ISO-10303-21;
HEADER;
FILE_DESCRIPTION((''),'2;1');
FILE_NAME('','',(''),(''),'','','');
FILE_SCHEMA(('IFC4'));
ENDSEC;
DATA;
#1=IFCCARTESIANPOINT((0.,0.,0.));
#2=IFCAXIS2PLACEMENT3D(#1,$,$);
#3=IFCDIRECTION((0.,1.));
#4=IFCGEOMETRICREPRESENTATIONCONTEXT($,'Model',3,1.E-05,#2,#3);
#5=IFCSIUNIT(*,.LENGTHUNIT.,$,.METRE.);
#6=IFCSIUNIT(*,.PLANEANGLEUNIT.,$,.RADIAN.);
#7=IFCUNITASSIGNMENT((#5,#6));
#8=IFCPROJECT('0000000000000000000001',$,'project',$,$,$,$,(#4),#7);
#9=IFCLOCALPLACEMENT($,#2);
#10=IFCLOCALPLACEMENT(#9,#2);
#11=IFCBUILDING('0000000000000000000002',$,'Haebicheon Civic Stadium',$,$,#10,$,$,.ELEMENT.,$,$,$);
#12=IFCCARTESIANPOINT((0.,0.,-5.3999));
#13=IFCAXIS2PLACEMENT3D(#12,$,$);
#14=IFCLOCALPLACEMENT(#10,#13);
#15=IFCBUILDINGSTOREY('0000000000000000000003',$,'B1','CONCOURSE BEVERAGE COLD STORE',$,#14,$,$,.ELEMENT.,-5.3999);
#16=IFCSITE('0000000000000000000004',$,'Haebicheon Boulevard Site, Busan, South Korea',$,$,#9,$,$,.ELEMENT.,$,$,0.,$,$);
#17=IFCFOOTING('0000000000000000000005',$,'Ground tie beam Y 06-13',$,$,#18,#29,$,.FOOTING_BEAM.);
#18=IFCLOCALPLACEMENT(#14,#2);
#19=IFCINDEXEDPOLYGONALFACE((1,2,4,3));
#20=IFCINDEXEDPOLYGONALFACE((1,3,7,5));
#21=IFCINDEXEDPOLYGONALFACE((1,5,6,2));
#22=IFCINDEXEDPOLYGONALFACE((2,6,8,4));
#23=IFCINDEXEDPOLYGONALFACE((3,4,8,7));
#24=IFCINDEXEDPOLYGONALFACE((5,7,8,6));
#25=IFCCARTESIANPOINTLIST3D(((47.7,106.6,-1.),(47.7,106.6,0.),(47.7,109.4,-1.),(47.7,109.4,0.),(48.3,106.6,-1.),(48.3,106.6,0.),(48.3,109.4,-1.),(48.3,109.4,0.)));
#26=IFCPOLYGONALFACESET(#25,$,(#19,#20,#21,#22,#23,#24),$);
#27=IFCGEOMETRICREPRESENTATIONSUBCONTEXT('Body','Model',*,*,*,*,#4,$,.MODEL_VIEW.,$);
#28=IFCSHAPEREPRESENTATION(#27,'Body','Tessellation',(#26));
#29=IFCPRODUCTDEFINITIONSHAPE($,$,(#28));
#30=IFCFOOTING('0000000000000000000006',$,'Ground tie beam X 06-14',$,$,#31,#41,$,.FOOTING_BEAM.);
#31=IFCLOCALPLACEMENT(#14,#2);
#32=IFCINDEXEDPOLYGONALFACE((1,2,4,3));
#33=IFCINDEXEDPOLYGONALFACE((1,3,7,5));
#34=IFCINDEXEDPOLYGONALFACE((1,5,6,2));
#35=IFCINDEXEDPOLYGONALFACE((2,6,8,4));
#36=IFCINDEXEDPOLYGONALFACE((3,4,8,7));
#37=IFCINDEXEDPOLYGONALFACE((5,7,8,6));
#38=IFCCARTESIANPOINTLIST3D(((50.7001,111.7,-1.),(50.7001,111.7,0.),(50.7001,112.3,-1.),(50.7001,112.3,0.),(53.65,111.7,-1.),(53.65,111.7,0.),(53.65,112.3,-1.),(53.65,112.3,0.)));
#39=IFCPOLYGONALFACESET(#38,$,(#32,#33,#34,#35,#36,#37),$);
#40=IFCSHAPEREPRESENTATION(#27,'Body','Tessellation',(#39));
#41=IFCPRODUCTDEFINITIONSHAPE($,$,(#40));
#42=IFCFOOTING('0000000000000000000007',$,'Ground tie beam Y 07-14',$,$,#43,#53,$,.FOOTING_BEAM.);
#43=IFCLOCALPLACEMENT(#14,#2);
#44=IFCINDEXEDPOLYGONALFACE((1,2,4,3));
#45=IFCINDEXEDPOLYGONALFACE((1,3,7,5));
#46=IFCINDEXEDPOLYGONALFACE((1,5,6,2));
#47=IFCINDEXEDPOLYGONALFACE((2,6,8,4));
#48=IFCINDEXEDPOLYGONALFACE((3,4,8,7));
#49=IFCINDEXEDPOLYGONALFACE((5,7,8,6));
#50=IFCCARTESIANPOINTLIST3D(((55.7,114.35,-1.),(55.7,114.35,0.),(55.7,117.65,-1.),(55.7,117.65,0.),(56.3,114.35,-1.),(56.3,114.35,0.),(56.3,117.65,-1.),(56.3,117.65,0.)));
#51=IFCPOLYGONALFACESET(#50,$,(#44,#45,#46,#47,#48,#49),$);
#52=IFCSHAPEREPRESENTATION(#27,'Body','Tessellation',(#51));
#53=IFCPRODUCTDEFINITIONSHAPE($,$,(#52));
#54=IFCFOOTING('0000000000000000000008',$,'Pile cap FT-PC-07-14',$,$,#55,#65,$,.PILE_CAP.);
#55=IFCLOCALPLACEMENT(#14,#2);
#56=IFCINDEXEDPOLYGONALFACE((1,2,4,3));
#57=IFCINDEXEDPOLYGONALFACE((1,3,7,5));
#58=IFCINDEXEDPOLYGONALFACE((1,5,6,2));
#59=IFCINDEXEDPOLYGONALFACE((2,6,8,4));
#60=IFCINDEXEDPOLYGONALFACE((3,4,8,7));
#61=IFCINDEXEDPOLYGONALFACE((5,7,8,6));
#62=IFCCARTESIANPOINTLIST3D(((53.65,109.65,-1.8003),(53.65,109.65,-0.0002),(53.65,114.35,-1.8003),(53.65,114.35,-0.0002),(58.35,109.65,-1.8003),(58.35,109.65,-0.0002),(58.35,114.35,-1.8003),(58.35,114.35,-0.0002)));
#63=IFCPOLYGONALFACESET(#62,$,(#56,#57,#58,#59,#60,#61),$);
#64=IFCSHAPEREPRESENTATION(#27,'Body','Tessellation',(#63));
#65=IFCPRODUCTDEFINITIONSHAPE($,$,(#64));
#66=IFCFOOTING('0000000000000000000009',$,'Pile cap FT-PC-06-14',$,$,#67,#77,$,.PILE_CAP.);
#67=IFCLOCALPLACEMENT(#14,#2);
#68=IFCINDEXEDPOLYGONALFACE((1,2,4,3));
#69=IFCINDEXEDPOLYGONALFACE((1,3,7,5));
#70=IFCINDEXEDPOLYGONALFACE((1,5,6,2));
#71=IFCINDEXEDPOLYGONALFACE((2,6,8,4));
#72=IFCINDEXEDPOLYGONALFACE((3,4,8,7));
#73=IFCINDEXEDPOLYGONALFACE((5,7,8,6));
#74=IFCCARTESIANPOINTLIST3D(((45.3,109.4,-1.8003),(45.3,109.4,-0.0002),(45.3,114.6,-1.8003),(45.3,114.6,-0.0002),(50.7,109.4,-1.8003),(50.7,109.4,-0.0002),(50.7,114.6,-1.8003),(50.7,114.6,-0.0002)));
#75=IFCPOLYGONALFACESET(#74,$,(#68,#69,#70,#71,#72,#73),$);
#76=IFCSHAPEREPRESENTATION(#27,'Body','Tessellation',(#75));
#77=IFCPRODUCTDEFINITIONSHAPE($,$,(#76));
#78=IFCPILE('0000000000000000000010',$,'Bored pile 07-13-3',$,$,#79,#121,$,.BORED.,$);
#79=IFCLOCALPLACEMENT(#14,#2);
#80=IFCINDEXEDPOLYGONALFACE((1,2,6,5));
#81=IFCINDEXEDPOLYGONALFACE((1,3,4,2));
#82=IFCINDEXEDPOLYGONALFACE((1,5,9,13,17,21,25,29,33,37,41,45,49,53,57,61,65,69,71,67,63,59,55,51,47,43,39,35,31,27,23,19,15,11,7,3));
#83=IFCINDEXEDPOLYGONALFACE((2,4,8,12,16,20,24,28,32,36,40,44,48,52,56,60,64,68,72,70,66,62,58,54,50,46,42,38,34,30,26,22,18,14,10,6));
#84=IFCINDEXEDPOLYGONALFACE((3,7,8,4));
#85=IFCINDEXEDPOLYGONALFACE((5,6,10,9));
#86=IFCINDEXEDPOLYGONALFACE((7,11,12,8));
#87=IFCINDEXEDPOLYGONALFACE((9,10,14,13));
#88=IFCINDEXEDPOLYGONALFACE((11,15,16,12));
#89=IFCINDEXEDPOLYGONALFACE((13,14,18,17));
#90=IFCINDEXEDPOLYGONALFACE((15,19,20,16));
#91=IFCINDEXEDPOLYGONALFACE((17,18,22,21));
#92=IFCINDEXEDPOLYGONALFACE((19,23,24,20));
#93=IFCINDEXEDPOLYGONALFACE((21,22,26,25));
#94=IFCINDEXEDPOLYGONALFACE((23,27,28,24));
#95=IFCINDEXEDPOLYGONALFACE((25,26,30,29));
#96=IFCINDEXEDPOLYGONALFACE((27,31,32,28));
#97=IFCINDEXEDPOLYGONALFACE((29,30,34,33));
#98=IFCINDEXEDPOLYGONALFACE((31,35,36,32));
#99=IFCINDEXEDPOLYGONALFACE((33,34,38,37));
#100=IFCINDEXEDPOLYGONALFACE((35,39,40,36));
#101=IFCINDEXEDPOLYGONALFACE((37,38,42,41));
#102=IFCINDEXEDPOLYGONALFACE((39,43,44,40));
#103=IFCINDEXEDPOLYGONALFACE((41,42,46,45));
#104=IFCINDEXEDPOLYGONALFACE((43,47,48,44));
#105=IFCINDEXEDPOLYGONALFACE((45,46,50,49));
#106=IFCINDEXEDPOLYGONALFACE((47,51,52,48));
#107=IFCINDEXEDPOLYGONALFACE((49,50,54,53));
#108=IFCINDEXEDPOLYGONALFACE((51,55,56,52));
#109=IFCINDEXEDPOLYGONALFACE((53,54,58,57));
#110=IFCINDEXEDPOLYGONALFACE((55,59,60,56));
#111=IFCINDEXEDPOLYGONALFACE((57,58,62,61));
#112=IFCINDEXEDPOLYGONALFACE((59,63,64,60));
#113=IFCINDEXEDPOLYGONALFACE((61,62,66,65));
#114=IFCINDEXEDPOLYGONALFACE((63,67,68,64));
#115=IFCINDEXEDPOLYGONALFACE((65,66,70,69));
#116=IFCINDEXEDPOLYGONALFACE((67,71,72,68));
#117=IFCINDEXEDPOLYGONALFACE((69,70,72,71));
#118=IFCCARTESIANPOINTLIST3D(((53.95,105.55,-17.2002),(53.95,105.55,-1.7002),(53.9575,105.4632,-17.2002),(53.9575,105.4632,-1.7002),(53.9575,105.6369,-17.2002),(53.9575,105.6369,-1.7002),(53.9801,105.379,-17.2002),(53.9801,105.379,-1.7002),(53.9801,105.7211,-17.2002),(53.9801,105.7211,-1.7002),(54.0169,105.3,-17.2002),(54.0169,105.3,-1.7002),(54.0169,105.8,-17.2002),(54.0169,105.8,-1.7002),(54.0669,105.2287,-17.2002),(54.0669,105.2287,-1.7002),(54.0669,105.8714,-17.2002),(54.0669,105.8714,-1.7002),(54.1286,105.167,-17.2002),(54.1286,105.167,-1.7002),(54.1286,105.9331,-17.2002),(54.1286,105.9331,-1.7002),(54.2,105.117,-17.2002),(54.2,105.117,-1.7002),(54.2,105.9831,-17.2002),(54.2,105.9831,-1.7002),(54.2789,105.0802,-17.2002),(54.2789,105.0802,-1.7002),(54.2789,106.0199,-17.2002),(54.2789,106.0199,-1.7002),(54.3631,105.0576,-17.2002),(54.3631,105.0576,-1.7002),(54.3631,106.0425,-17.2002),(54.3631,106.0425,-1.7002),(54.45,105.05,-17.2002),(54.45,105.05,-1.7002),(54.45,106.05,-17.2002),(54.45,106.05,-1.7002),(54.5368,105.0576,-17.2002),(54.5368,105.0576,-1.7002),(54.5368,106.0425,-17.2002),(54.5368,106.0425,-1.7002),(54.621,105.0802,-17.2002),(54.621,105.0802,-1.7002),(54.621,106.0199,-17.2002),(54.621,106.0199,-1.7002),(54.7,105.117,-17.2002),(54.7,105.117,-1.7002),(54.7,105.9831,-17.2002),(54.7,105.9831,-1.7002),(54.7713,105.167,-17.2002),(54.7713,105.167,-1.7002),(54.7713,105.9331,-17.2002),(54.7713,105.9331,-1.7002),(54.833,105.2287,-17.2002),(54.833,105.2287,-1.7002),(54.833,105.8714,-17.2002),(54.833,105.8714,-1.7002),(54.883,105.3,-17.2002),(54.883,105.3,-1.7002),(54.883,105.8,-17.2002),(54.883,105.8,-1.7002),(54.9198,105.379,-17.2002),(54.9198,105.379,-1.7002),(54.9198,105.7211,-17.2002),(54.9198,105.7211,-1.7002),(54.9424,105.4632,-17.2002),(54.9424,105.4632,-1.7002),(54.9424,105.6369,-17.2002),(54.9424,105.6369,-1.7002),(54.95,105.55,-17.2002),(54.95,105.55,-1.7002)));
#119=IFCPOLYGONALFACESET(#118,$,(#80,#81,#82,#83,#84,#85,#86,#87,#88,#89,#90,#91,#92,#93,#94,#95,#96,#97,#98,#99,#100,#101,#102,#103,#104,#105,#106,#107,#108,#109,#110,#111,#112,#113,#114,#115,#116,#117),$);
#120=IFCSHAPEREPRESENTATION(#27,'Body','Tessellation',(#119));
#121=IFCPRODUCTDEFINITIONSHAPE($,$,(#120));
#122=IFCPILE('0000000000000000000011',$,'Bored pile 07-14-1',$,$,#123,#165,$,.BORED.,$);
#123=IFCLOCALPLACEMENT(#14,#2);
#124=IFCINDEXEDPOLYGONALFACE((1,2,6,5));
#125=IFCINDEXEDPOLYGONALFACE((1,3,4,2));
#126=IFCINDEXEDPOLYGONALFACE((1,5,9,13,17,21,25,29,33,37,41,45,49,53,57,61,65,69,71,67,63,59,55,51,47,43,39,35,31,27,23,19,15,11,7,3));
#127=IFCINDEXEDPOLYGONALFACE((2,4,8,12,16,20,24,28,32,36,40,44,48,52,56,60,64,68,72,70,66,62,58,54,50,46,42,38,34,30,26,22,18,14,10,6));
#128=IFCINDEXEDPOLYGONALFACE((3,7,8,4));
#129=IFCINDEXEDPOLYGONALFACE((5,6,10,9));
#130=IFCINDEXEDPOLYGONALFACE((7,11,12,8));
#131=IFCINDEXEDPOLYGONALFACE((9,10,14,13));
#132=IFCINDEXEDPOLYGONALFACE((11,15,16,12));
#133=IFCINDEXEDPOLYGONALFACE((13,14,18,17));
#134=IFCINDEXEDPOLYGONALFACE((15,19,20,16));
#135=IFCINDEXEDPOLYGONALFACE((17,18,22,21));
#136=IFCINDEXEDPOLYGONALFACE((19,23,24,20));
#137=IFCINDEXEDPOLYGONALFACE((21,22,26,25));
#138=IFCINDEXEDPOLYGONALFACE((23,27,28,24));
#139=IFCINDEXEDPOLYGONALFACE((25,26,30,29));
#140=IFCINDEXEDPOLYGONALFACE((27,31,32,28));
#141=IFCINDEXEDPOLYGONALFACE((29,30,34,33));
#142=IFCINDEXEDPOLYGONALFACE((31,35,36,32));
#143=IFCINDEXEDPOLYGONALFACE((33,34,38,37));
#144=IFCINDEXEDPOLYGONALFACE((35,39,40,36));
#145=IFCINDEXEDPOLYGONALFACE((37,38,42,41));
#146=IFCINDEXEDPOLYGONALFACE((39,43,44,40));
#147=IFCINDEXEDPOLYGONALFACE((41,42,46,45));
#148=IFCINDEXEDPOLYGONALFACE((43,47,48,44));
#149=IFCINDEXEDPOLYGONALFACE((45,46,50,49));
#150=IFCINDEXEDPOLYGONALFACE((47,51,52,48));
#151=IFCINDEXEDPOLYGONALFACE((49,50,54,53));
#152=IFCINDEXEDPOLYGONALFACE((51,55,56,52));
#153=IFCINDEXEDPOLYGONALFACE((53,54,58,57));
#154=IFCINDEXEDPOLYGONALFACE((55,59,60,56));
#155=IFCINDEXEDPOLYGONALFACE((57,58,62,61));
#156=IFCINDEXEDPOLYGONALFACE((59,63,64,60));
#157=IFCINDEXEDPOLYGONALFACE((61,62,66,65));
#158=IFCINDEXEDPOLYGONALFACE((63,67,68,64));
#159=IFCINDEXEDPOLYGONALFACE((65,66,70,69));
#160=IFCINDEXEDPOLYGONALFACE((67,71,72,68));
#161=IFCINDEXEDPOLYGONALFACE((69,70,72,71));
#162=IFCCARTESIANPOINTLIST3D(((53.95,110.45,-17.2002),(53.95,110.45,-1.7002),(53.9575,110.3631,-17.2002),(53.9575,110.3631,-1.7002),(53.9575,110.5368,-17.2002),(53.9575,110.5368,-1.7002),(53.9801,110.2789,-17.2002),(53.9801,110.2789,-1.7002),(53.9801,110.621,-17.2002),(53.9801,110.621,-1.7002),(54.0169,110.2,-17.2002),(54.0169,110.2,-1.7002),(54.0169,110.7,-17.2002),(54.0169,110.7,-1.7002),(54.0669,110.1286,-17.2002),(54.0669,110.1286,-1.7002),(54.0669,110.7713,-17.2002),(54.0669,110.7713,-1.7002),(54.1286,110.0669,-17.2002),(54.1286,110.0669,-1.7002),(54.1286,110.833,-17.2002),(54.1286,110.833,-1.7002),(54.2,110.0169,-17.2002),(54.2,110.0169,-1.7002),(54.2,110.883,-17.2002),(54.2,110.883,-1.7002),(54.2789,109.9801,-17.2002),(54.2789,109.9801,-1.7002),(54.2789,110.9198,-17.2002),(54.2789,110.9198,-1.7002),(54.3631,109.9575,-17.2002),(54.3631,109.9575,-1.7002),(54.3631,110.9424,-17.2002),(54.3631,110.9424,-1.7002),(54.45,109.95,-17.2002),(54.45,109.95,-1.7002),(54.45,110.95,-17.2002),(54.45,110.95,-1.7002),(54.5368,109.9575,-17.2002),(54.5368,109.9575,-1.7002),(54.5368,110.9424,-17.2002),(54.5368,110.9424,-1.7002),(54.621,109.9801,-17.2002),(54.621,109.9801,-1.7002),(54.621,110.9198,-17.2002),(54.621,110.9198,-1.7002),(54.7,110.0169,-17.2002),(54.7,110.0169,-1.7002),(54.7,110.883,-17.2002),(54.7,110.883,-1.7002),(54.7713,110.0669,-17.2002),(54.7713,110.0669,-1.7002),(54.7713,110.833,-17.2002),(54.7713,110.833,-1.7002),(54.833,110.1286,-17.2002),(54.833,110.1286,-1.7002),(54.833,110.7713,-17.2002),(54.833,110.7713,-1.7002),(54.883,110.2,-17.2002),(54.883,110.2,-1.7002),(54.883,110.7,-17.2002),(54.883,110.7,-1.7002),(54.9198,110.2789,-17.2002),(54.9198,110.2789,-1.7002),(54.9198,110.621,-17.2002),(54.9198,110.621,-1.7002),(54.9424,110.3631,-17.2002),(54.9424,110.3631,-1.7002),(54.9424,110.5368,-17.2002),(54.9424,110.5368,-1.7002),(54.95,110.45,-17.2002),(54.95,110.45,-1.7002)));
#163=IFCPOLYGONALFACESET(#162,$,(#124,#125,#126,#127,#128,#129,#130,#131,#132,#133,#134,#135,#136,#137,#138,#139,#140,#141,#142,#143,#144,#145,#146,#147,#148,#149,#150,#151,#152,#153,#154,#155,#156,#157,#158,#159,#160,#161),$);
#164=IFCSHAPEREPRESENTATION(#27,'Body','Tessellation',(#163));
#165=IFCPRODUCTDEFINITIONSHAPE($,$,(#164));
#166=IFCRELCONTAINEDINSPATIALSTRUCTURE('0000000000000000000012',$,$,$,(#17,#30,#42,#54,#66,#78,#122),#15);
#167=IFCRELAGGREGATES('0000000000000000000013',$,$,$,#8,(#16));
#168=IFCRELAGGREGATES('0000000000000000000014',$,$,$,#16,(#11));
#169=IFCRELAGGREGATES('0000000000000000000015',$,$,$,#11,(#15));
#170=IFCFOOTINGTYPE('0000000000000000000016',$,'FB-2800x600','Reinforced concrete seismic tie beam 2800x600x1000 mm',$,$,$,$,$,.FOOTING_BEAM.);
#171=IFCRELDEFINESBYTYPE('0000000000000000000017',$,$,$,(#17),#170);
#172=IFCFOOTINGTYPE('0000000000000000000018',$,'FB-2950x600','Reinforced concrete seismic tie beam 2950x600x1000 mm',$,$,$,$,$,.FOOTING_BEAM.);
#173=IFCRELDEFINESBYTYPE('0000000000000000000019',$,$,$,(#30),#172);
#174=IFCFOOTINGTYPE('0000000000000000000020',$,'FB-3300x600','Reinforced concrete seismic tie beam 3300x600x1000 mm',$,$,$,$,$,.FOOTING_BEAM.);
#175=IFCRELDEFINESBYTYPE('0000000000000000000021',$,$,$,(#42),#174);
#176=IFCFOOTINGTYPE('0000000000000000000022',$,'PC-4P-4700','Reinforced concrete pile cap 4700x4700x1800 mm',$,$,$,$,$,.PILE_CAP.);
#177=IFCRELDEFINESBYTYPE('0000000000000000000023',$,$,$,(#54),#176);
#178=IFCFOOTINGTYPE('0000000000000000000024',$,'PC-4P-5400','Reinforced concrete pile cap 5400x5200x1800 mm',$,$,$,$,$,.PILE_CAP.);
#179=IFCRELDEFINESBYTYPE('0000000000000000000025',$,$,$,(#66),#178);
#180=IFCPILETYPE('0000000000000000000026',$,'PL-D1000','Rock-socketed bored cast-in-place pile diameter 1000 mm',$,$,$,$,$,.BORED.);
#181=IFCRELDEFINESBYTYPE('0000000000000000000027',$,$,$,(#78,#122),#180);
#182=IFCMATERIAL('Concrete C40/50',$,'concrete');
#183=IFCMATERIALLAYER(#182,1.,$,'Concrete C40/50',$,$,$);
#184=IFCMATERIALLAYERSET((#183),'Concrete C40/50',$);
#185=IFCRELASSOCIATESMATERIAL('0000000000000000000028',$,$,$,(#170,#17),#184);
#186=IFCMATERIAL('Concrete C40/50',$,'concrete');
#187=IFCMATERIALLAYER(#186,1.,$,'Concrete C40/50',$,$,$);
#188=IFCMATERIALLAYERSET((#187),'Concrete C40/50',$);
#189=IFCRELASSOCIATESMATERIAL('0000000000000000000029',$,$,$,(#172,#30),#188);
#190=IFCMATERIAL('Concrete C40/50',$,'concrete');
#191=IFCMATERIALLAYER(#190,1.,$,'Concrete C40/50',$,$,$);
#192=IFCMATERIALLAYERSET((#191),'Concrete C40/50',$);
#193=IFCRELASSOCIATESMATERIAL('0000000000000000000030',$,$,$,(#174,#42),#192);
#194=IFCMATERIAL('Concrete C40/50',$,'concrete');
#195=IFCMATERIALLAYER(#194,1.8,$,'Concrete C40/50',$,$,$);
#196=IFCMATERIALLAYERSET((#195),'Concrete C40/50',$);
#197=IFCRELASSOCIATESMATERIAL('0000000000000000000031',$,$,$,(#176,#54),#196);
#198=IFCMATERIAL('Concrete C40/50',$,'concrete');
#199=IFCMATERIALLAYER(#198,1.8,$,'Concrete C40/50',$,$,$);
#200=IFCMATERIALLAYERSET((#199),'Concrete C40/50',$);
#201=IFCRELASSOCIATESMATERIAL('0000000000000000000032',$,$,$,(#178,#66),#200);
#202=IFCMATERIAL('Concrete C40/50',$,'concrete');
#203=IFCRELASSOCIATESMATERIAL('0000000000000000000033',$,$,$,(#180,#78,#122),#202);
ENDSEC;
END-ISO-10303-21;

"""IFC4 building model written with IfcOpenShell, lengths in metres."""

from ifc_helpers import new_model, si_unit, direction, frame, origin, origin_2d, place, context, subcontext, project, spatial, rectangle, circle, extrude, material, layer, layer_set, material_profile, profile_set, type_object, element, save


model = new_model("IFC4")

# Units and contexts
model_context = context("Model", 3, precision=1e-05, world=origin(), true_north=direction((0.0, 1.0)))
body_context = subcontext(model_context, "Body", "Model", "MODEL_VIEW")
ifc_project = project(units=[si_unit("LENGTHUNIT", "METRE"), si_unit("PLANEANGLEUNIT", "RADIAN")], contexts=[model_context])

# Site, building, storey
site_placement = place(None, origin())
site = spatial("IfcSite", under=ifc_project, at=site_placement, Name="Haebicheon Boulevard Site, Busan, South Korea", CompositionType="ELEMENT", RefElevation=0.0)
building_placement = place(site_placement, origin())
building = spatial("IfcBuilding", under=site, at=building_placement, Name="Haebicheon Civic Stadium", CompositionType="ELEMENT")
storey_placement = place(building_placement, frame((0.0, 0.0, -5.3999)))
storey = spatial("IfcBuildingStorey", under=building, at=storey_placement, Name="B1", Description="CONCOURSE BEVERAGE COLD STORE", CompositionType="ELEMENT", Elevation=-5.3999)

# Footings
ifc_material_1 = material(Name="Concrete C40/50", Category="concrete")
ifc_layer_1 = layer(ifc_material_1, 1.0, Name="Concrete C40/50")
ifc_layer_set_1 = layer_set([ifc_layer_1], Name="Concrete C40/50")
footing_type_1 = type_object("IfcFootingType", Name="FB-2800x600", Description="Reinforced concrete seismic tie beam 2800x600x1000 mm", PredefinedType="FOOTING_BEAM", material=ifc_layer_set_1)
footing_1_placement = place(storey_placement, frame((48.0, 108.0, -1.0), z_axis=(0.0, 0.0, 1.0), x_axis=(0.0, 1.0, 0.0)))
element("IfcFooting", 1, at=footing_1_placement, inside=storey, type_object=footing_type_1, material=ifc_layer_set_1, Name="Ground tie beam Y 06-13", PredefinedType="FOOTING_BEAM", context=body_context, shape_type="SweptSolid", body=[
    extrude(rectangle(XDim=2.8, YDim=0.6001, at=origin_2d()), origin(), (0.0, 0.0, 1.0), 1.0),
])
ifc_material_2 = material(Name="Concrete C40/50", Category="concrete")
ifc_layer_2 = layer(ifc_material_2, 1.0, Name="Concrete C40/50")
ifc_layer_set_2 = layer_set([ifc_layer_2], Name="Concrete C40/50")
footing_type_2 = type_object("IfcFootingType", Name="FB-2950x600", Description="Reinforced concrete seismic tie beam 2950x600x1000 mm", PredefinedType="FOOTING_BEAM", material=ifc_layer_set_2)
footing_2_placement = place(storey_placement, frame((52.175, 112.0, -1.0), z_axis=(0.0, 0.0, 1.0), x_axis=(1.0, 0.0, 0.0)))
element("IfcFooting", 2, at=footing_2_placement, inside=storey, type_object=footing_type_2, material=ifc_layer_set_2, Name="Ground tie beam X 06-14", PredefinedType="FOOTING_BEAM", context=body_context, shape_type="SweptSolid", body=[
    extrude(rectangle(XDim=2.95, YDim=0.6001, at=origin_2d()), origin(), (0.0, 0.0, 1.0), 1.0),
])
ifc_material_3 = material(Name="Concrete C40/50", Category="concrete")
ifc_layer_3 = layer(ifc_material_3, 1.0, Name="Concrete C40/50")
ifc_layer_set_3 = layer_set([ifc_layer_3], Name="Concrete C40/50")
footing_type_3 = type_object("IfcFootingType", Name="FB-3300x600", Description="Reinforced concrete seismic tie beam 3300x600x1000 mm", PredefinedType="FOOTING_BEAM", material=ifc_layer_set_3)
footing_3_placement = place(storey_placement, frame((56.0, 116.0, -1.0), z_axis=(0.0, 0.0, 1.0), x_axis=(0.0, 1.0, 0.0)))
element("IfcFooting", 3, at=footing_3_placement, inside=storey, type_object=footing_type_3, material=ifc_layer_set_3, Name="Ground tie beam Y 07-14", PredefinedType="FOOTING_BEAM", context=body_context, shape_type="SweptSolid", body=[
    extrude(rectangle(XDim=3.3, YDim=0.6001, at=origin_2d()), origin(), (0.0, 0.0, 1.0), 1.0),
])
ifc_material_4 = material(Name="Concrete C40/50", Category="concrete")
ifc_layer_4 = layer(ifc_material_4, 1.8, Name="Concrete C40/50")
ifc_layer_set_4 = layer_set([ifc_layer_4], Name="Concrete C40/50")
footing_type_4 = type_object("IfcFootingType", Name="PC-4P-4700", Description="Reinforced concrete pile cap 4700x4700x1800 mm", PredefinedType="PILE_CAP", material=ifc_layer_set_4)
footing_4_placement = place(storey_placement, frame((56.0, 112.0, -1.8003), z_axis=(0.0, 0.0, 1.0), x_axis=(1.0, 0.0, 0.0)))
element("IfcFooting", 4, at=footing_4_placement, inside=storey, type_object=footing_type_4, material=ifc_layer_set_4, Name="Pile cap FT-PC-07-14", PredefinedType="PILE_CAP", context=body_context, shape_type="SweptSolid", body=[
    extrude(rectangle(XDim=4.7, YDim=4.7, at=origin_2d()), origin(), (0.0, 0.0, 1.0), 1.8),
])
ifc_material_5 = material(Name="Concrete C40/50", Category="concrete")
ifc_layer_5 = layer(ifc_material_5, 1.8, Name="Concrete C40/50")
ifc_layer_set_5 = layer_set([ifc_layer_5], Name="Concrete C40/50")
footing_type_5 = type_object("IfcFootingType", Name="PC-4P-5400", Description="Reinforced concrete pile cap 5400x5200x1800 mm", PredefinedType="PILE_CAP", material=ifc_layer_set_5)
footing_5_placement = place(storey_placement, frame((48.0, 112.0, -1.8003), z_axis=(0.0, 0.0, 1.0), x_axis=(1.0, 0.0, 0.0)))
element("IfcFooting", 5, at=footing_5_placement, inside=storey, type_object=footing_type_5, material=ifc_layer_set_5, Name="Pile cap FT-PC-06-14", PredefinedType="PILE_CAP", context=body_context, shape_type="SweptSolid", body=[
    extrude(rectangle(XDim=5.3999, YDim=5.2, at=origin_2d()), origin(), (0.0, 0.0, 1.0), 1.8),
])

# Piles
ifc_material_6 = material(Name="Concrete C40/50", Category="concrete")
ifc_material_profile_1 = material_profile(ifc_material_6, circle(Radius=0.5, at=origin_2d()), Name="PILE-D1000")
ifc_profile_set_1 = profile_set([ifc_material_profile_1], Name="Concrete C40/50")
pile_type_1 = type_object("IfcPileType", Name="PL-D1000", Description="Rock-socketed bored cast-in-place pile diameter 1000 mm", PredefinedType="BORED", material=ifc_profile_set_1)
for number, where, z_axis, x_axis, name in (
    (6, (54.45, 105.55, -1.7002), (0.0, 0.0, -1.0), (1.0, 0.0, 0.0), "Bored pile 07-13-3"),
    (7, (54.45, 110.45, -1.7002), (0.0, 0.0, -1.0), (1.0, 0.0, 0.0), "Bored pile 07-14-1"),
):
    element("IfcPile", number, at=place(storey_placement, frame(where, z_axis=z_axis, x_axis=x_axis)), inside=storey, type_object=pile_type_1, material=ifc_profile_set_1, Name=name, PredefinedType="BORED", context=body_context, shape_type="SweptSolid", body=[
        extrude(circle(Radius=0.5, at=origin_2d()), origin(), (0.0, 0.0, 1.0), 15.5),
    ])

save(model, "model.ifc")
